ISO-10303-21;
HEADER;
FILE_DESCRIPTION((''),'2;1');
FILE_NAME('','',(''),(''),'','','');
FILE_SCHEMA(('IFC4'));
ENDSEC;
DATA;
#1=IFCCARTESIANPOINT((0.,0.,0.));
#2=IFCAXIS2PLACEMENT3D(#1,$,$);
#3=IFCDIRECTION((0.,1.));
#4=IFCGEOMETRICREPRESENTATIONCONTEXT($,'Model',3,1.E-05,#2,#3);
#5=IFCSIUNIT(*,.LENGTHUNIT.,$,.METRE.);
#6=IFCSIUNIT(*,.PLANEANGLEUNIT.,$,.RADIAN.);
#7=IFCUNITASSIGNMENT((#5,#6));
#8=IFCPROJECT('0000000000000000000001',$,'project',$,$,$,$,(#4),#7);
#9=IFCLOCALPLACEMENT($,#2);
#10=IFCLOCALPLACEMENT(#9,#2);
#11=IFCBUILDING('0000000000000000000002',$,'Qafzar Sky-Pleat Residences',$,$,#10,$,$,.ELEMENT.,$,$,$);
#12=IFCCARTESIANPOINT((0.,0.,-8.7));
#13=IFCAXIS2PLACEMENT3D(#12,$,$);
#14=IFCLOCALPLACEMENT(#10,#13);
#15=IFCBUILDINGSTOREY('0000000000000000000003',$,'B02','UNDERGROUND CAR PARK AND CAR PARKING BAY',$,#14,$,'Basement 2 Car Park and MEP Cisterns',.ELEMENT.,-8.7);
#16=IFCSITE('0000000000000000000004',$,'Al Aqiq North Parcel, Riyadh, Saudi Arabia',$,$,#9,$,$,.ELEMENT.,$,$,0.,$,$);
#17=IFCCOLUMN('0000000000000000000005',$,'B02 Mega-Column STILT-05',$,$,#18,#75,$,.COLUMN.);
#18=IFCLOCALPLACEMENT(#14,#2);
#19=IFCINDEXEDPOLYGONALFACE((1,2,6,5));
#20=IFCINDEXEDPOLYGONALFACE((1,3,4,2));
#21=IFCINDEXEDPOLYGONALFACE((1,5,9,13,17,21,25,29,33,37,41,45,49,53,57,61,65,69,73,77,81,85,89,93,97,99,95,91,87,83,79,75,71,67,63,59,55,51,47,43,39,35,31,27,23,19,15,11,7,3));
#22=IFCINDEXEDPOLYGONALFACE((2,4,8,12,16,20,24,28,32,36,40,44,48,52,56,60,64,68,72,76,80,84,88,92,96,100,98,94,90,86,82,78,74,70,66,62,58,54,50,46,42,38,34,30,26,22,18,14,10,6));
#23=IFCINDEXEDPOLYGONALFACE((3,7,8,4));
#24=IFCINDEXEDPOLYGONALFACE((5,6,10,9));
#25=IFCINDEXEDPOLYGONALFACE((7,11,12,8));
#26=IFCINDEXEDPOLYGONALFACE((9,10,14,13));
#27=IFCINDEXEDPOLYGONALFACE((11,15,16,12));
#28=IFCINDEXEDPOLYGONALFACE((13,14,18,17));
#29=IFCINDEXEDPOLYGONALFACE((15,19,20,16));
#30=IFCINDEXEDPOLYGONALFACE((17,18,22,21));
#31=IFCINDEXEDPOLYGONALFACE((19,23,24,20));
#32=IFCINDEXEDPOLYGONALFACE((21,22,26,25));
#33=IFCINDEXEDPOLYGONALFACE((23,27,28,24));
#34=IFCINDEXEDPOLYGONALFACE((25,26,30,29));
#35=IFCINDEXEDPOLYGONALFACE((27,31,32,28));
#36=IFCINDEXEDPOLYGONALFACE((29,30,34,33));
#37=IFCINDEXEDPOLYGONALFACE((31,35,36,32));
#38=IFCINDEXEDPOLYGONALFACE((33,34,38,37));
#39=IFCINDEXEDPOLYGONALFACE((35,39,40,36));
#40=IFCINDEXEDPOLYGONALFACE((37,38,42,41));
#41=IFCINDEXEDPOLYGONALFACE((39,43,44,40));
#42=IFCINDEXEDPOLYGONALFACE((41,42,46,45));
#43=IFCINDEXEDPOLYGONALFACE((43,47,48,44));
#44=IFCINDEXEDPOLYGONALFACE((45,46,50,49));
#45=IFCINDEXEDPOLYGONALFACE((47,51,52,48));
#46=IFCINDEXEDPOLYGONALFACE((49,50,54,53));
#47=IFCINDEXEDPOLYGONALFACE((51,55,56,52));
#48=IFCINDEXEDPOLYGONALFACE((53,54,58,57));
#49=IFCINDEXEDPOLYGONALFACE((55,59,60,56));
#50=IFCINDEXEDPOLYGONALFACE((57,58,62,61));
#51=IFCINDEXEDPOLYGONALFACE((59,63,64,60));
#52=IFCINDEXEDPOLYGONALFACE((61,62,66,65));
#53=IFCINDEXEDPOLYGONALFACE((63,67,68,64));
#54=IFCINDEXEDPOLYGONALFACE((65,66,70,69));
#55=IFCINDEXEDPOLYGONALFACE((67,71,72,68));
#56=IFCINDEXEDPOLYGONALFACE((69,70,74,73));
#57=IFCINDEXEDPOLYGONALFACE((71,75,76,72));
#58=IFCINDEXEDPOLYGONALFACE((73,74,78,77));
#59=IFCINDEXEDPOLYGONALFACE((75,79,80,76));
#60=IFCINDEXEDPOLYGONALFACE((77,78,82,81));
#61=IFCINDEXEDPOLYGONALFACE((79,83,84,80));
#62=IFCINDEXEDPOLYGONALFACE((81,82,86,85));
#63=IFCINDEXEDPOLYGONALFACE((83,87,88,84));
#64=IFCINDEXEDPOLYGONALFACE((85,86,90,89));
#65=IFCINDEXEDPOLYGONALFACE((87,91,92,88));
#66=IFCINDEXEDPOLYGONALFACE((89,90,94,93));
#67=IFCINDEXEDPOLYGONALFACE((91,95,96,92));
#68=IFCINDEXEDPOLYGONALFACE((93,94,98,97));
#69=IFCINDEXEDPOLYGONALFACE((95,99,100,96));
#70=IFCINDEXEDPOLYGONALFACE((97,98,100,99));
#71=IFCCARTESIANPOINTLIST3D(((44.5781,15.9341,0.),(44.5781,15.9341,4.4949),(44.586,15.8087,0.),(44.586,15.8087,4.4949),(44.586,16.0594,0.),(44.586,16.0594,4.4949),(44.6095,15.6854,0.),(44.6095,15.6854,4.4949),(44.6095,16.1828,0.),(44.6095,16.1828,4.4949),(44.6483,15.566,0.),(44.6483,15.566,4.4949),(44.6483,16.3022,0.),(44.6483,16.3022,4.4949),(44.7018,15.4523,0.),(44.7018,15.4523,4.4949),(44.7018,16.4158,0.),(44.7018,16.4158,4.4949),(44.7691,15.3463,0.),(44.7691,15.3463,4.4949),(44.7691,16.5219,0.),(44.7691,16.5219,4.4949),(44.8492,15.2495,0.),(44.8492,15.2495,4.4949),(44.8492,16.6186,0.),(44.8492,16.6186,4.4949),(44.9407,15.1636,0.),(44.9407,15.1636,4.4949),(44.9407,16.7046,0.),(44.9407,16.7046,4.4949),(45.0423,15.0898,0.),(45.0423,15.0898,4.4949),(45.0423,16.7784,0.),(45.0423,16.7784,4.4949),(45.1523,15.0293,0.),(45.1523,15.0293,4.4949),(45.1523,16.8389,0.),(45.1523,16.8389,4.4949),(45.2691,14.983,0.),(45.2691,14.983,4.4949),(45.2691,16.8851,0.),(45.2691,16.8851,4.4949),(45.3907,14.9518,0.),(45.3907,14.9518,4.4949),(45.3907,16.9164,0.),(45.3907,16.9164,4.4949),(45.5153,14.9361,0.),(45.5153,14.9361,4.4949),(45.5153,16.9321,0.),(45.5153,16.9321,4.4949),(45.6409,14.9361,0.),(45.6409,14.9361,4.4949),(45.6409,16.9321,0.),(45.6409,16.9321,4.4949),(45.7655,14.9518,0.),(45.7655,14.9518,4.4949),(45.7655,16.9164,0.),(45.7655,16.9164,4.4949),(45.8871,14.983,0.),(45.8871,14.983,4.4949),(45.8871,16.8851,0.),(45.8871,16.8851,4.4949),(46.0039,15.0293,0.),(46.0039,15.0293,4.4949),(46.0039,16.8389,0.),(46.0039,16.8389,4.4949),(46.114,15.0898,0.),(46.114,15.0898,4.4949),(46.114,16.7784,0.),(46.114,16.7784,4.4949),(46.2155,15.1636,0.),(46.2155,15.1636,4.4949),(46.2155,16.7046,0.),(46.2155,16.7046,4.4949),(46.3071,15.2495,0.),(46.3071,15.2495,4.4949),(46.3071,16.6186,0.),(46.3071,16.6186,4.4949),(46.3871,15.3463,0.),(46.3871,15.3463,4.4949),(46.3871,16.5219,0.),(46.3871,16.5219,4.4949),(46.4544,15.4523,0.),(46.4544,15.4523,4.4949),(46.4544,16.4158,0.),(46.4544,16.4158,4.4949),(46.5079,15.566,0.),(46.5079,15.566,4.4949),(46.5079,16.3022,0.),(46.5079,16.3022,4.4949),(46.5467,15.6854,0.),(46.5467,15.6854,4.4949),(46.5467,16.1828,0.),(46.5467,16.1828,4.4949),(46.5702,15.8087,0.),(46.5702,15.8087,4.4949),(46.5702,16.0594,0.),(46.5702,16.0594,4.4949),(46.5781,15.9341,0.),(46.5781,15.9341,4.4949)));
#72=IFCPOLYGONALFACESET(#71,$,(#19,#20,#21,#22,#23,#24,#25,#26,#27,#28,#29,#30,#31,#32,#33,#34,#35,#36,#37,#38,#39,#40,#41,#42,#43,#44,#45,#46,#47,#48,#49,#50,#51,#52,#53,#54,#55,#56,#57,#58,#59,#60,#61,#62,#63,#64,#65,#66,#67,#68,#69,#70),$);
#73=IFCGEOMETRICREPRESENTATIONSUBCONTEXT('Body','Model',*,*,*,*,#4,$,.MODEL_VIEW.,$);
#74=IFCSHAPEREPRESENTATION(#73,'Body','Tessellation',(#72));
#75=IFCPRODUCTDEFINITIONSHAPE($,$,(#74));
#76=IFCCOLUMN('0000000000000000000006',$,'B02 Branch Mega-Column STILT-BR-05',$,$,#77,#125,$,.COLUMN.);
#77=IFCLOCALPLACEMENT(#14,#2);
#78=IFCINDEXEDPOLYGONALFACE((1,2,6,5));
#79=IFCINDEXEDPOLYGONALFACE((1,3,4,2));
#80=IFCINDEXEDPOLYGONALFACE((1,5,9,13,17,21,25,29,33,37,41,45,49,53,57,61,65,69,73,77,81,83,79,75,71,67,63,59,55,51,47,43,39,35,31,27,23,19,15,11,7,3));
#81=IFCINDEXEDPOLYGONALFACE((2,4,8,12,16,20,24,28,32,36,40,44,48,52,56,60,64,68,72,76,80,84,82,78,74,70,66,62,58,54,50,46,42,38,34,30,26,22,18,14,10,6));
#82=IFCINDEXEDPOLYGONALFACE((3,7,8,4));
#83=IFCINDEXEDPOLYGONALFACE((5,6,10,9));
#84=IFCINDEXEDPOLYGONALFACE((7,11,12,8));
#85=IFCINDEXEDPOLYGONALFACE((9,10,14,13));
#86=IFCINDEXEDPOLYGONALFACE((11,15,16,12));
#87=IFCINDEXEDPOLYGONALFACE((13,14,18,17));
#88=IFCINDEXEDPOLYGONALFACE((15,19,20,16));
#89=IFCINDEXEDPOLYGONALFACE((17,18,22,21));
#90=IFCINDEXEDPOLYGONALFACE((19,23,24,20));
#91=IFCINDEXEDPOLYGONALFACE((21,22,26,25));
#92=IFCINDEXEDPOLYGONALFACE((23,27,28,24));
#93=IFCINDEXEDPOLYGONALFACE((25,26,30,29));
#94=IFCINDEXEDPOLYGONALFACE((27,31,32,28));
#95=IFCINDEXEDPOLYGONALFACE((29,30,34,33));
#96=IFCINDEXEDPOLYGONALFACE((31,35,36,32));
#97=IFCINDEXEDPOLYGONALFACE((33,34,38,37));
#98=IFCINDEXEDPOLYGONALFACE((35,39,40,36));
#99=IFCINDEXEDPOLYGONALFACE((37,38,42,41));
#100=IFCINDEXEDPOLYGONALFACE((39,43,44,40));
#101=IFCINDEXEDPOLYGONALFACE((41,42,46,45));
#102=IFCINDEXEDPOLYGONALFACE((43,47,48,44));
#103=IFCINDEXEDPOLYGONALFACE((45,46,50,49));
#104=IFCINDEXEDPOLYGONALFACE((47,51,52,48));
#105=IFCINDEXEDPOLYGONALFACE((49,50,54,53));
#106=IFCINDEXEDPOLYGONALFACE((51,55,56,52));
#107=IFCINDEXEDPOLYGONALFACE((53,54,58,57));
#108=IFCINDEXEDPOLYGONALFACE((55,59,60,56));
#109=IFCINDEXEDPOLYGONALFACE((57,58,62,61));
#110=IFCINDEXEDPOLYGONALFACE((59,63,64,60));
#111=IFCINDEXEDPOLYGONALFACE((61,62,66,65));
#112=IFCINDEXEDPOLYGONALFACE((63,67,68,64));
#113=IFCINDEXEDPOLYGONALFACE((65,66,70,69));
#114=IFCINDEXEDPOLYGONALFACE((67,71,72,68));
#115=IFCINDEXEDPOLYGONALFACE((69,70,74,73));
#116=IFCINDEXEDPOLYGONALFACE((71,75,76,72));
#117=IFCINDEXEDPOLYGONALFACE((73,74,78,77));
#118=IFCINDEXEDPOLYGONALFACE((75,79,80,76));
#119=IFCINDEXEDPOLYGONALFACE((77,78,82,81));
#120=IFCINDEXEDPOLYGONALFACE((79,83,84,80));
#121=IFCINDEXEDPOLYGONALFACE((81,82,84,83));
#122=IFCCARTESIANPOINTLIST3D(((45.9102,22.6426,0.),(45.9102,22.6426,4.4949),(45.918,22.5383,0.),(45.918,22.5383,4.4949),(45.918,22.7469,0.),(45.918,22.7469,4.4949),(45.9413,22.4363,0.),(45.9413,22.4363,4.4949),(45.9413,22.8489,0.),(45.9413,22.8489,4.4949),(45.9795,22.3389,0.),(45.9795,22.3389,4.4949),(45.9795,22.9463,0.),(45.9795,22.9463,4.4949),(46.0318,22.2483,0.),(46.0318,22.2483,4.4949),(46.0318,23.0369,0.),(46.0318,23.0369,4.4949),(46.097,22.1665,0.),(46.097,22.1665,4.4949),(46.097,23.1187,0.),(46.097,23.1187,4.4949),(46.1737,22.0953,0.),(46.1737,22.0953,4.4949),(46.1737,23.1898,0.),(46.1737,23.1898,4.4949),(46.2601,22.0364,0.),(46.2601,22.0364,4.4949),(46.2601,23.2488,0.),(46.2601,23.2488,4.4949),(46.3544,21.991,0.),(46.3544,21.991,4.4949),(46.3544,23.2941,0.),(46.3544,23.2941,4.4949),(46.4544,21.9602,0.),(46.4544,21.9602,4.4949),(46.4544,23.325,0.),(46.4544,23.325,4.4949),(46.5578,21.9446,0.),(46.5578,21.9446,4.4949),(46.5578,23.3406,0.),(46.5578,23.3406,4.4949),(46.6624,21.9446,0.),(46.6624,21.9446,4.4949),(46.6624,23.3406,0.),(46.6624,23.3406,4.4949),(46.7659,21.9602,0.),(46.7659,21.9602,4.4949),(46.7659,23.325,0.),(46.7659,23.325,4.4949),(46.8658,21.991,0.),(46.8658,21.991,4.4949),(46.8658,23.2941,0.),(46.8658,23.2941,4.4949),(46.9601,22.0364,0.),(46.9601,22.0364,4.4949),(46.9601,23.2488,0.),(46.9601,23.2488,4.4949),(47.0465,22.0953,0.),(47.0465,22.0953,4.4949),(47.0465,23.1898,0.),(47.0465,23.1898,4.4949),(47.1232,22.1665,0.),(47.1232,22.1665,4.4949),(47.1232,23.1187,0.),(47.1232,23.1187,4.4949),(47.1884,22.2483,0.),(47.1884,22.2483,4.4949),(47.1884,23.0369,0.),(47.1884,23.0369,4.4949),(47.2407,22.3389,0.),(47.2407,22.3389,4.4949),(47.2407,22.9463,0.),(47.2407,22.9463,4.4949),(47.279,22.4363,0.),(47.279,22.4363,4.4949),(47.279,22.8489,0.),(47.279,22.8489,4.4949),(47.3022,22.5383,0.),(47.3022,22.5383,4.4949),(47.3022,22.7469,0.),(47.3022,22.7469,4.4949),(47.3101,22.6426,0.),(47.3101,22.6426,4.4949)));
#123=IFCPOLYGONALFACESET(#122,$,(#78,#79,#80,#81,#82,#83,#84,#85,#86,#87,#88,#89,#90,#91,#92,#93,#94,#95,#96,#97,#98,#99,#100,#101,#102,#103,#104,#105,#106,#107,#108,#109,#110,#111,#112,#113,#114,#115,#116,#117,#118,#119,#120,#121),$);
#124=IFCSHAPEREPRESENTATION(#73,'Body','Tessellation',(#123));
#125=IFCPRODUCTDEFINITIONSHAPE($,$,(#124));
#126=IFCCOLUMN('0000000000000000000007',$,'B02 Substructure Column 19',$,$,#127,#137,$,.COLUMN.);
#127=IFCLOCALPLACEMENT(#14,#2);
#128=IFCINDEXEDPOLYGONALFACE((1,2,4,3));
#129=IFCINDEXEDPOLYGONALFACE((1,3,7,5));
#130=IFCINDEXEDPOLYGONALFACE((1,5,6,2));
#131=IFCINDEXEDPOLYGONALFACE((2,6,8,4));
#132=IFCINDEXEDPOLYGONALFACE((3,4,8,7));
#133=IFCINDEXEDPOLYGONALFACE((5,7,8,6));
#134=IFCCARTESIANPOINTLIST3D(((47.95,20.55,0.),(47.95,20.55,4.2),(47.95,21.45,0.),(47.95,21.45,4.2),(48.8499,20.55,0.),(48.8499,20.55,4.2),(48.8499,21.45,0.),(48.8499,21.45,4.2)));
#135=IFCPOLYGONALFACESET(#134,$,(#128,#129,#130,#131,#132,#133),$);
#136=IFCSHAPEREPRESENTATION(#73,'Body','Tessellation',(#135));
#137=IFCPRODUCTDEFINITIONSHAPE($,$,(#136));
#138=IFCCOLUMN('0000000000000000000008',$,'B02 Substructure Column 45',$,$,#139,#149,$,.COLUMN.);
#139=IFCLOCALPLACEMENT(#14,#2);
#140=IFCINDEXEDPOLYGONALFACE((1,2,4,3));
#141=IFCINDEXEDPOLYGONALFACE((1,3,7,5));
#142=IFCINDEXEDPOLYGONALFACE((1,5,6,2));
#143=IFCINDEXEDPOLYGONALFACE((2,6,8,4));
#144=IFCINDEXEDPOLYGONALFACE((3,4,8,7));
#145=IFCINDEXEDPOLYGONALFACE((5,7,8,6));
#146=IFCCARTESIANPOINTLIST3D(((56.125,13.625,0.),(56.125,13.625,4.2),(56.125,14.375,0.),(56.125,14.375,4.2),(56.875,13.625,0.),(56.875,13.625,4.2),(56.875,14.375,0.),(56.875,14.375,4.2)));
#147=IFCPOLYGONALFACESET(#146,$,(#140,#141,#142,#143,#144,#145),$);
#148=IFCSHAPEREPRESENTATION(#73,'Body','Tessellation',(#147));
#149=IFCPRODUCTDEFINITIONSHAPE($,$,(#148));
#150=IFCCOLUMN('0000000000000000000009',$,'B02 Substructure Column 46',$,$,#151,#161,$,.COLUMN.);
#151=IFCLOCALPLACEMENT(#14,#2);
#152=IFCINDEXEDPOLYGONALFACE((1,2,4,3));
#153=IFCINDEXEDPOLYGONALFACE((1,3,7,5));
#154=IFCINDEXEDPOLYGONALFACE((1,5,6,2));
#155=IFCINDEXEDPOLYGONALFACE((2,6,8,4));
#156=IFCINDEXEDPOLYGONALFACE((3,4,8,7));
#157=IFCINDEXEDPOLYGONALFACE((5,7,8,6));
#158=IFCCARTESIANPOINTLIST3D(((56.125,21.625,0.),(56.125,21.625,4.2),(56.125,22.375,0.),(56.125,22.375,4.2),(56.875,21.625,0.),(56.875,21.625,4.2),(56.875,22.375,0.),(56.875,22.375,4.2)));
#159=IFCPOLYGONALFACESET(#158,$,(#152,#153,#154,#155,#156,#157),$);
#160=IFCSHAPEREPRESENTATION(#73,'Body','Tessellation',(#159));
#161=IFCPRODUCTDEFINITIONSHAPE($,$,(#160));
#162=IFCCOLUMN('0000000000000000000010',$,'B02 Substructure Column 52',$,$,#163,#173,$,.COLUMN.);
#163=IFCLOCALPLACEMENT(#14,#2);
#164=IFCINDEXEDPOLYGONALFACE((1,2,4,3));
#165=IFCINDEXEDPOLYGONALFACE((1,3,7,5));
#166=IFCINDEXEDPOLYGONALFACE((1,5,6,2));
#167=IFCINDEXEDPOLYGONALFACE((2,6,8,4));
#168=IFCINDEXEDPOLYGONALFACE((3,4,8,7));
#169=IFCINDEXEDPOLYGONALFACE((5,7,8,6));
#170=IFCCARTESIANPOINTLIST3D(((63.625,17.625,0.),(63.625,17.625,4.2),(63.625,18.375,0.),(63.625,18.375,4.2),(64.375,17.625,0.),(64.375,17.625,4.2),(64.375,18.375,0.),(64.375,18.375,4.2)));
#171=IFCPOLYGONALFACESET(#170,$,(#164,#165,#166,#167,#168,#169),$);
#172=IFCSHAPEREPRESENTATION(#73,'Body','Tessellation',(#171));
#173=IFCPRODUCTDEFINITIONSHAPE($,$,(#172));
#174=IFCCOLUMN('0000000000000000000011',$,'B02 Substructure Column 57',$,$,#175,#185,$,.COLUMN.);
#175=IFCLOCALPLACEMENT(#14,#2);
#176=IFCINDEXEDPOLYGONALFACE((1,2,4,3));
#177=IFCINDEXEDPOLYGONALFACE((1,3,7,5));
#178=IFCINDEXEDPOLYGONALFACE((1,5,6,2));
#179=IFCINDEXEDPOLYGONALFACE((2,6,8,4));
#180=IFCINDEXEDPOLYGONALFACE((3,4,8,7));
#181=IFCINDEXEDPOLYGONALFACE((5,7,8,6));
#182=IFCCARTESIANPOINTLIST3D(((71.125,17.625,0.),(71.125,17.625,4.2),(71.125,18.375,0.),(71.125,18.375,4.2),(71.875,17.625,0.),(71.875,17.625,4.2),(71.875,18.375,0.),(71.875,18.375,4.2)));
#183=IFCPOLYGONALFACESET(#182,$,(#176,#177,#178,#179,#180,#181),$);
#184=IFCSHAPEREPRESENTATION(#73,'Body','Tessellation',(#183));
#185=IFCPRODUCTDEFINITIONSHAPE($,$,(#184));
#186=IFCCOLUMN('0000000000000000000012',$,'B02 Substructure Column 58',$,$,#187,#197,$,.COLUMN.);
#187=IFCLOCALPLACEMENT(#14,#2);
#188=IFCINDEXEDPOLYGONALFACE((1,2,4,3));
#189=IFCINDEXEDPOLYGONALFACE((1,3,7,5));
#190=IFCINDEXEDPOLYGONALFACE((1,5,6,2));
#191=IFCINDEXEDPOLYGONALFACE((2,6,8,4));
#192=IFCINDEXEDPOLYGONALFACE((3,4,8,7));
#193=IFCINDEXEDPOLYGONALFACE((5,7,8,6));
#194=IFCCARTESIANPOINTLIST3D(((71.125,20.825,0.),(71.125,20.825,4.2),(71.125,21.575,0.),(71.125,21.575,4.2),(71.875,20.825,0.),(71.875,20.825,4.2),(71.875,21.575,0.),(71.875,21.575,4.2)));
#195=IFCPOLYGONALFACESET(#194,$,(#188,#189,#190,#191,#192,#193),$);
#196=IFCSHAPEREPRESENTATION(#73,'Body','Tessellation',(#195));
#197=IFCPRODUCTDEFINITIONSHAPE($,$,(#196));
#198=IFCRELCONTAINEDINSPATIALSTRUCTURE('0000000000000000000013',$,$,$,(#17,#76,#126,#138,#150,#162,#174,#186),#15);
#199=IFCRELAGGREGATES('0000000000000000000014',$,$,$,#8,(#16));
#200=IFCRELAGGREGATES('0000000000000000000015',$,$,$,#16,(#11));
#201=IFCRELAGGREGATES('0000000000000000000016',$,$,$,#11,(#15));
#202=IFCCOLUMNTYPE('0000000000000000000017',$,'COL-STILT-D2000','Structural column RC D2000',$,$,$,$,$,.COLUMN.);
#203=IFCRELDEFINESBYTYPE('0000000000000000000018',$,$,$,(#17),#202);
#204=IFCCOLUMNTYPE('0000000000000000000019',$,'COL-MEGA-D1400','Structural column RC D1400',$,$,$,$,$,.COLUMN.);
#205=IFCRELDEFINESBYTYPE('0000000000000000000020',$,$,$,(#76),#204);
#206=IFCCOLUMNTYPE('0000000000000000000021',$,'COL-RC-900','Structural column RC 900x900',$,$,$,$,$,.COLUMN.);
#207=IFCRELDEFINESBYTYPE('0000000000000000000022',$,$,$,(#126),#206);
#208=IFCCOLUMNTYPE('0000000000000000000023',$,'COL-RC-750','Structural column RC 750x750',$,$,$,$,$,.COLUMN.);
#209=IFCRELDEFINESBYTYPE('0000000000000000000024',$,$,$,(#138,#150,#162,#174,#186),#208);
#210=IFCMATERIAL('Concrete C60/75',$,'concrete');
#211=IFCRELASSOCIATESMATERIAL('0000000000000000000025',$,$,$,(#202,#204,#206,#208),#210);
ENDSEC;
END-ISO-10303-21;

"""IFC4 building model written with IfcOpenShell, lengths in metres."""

from ifc_helpers import new_model, si_unit, direction, frame, origin, origin_2d, place, context, subcontext, project, spatial, rectangle, circle, extrude, source, transform, mapped, material, material_profile, profile_set, type_object, element, save


model = new_model("IFC4")

# Units and contexts
model_context = context("Model", 3, precision=1e-05, world=origin(), true_north=direction((0.0, 1.0)))
body_context = subcontext(model_context, "Body", "Model", "MODEL_VIEW")
ifc_project = project(units=[si_unit("LENGTHUNIT", "METRE"), si_unit("PLANEANGLEUNIT", "RADIAN")], contexts=[model_context])

# Site, building, storey
site_placement = place(None, origin())
site = spatial("IfcSite", under=ifc_project, at=site_placement, Name="Al Aqiq North Parcel, Riyadh, Saudi Arabia", CompositionType="ELEMENT", RefElevation=0.0)
building_placement = place(site_placement, origin())
building = spatial("IfcBuilding", under=site, at=building_placement, Name="Qafzar Sky-Pleat Residences", CompositionType="ELEMENT")
storey_placement = place(building_placement, frame((0.0, 0.0, -8.7)))
storey = spatial("IfcBuildingStorey", under=building, at=storey_placement, Name="B02", Description="UNDERGROUND CAR PARK AND CAR PARKING BAY", LongName="Basement 2 Car Park and MEP Cisterns", CompositionType="ELEMENT", Elevation=-8.7)

# Columns
ifc_material_1 = material(Name="Concrete C60/75", Category="concrete")
ifc_material_profile_1 = material_profile(ifc_material_1, circle(Radius=1.0, at=origin_2d()), Name="RC D2000")
ifc_profile_set_1 = profile_set([ifc_material_profile_1], Name="Concrete C60/75")
column_type_1 = type_object("IfcColumnType", Name="COL-STILT-D2000", Description="Structural column RC D2000", PredefinedType="COLUMN", material=ifc_profile_set_1)
shared_shape_1 = source(origin(), body_context, "Body", "SweptSolid", [
    extrude(circle(Radius=1.0, at=origin_2d()), origin(), (0.0, 0.0, 1.0), 4.4949),
])
column_1_placement = place(storey_placement, frame((45.5781, 15.9341, 0.0), z_axis=(0.0, 0.0, 1.0), x_axis=(1.0, 0.0, 0.0)))
element("IfcColumn", 1, at=column_1_placement, inside=storey, type_object=column_type_1, Name="B02 Mega-Column STILT-05", PredefinedType="COLUMN", context=body_context, shape_type="MappedRepresentation", body=[
    mapped(shared_shape_1, transform((0.0, 0.0, 0.0), x_axis=(1.0, 0.0, 0.0), y_axis=(0.0, 1.0, 0.0), z_axis=(0.0, 0.0, 1.0), scale=1.0)),
])
ifc_material_profile_2 = material_profile(ifc_material_1, circle(Radius=0.7, at=origin_2d()), Name="RC D1400")
ifc_profile_set_2 = profile_set([ifc_material_profile_2], Name="Concrete C60/75")
column_type_2 = type_object("IfcColumnType", Name="COL-MEGA-D1400", Description="Structural column RC D1400", PredefinedType="COLUMN", material=ifc_profile_set_2)
shared_shape_2 = source(origin(), body_context, "Body", "SweptSolid", [
    extrude(circle(Radius=0.7, at=origin_2d()), origin(), (0.0, 0.0, 1.0), 4.4949),
])
column_2_placement = place(storey_placement, frame((46.6101, 22.6426, 0.0), z_axis=(0.0, 0.0, 1.0), x_axis=(1.0, 0.0, 0.0)))
element("IfcColumn", 2, at=column_2_placement, inside=storey, type_object=column_type_2, Name="B02 Branch Mega-Column STILT-BR-05", PredefinedType="COLUMN", context=body_context, shape_type="MappedRepresentation", body=[
    mapped(shared_shape_2, transform((0.0, 0.0, 0.0), x_axis=(1.0, 0.0, 0.0), y_axis=(0.0, 1.0, 0.0), z_axis=(0.0, 0.0, 1.0), scale=1.0)),
])
ifc_material_profile_3 = material_profile(ifc_material_1, rectangle(XDim=0.8999, YDim=0.8999, at=origin_2d()), Name="RC 900x900")
ifc_profile_set_3 = profile_set([ifc_material_profile_3], Name="Concrete C60/75")
column_type_3 = type_object("IfcColumnType", Name="COL-RC-900", Description="Structural column RC 900x900", PredefinedType="COLUMN", material=ifc_profile_set_3)
shared_shape_3 = source(origin(), body_context, "Body", "SweptSolid", [
    extrude(rectangle(XDim=0.8999, YDim=0.8999, at=origin_2d()), origin(), (0.0, 0.0, 1.0), 4.2),
])
column_3_placement = place(storey_placement, frame((48.3999, 21.0, 0.0), z_axis=(0.0, 0.0, 1.0), x_axis=(1.0, 0.0, 0.0)))
element("IfcColumn", 3, at=column_3_placement, inside=storey, type_object=column_type_3, Name="B02 Substructure Column 19", PredefinedType="COLUMN", context=body_context, shape_type="MappedRepresentation", body=[
    mapped(shared_shape_3, transform((0.0, 0.0, 0.0), x_axis=(1.0, 0.0, 0.0), y_axis=(0.0, 1.0, 0.0), z_axis=(0.0, 0.0, 1.0), scale=1.0)),
])
ifc_material_profile_4 = material_profile(ifc_material_1, rectangle(XDim=0.75, YDim=0.75, at=origin_2d()), Name="RC 750x750")
ifc_profile_set_4 = profile_set([ifc_material_profile_4], Name="Concrete C60/75")
column_type_4 = type_object("IfcColumnType", Name="COL-RC-750", Description="Structural column RC 750x750", PredefinedType="COLUMN", material=ifc_profile_set_4)
shared_shape_4 = source(origin(), body_context, "Body", "SweptSolid", [
    extrude(rectangle(XDim=0.75, YDim=0.75, at=origin_2d()), origin(), (0.0, 0.0, 1.0), 4.2),
])
for number, where, z_axis, x_axis, name in (
    (4, (56.5, 14.0, 0.0), (0.0, 0.0, 1.0), (1.0, 0.0, 0.0), "B02 Substructure Column 45"),
    (5, (56.5, 22.0, 0.0), (0.0, 0.0, 1.0), (1.0, 0.0, 0.0), "B02 Substructure Column 46"),
    (6, (64.0, 18.0, 0.0), (0.0, 0.0, 1.0), (1.0, 0.0, 0.0), "B02 Substructure Column 52"),
    (7, (71.5, 18.0, 0.0), (0.0, 0.0, 1.0), (1.0, 0.0, 0.0), "B02 Substructure Column 57"),
    (8, (71.5, 21.2, 0.0), (0.0, 0.0, 1.0), (1.0, 0.0, 0.0), "B02 Substructure Column 58"),
):
    element("IfcColumn", number, at=place(storey_placement, frame(where, z_axis=z_axis, x_axis=x_axis)), inside=storey, type_object=column_type_4, Name=name, PredefinedType="COLUMN", context=body_context, shape_type="MappedRepresentation", body=[
        mapped(shared_shape_4, transform((0.0, 0.0, 0.0), x_axis=(1.0, 0.0, 0.0), y_axis=(0.0, 1.0, 0.0), z_axis=(0.0, 0.0, 1.0), scale=1.0)),
    ])

save(model, "model.ifc")
